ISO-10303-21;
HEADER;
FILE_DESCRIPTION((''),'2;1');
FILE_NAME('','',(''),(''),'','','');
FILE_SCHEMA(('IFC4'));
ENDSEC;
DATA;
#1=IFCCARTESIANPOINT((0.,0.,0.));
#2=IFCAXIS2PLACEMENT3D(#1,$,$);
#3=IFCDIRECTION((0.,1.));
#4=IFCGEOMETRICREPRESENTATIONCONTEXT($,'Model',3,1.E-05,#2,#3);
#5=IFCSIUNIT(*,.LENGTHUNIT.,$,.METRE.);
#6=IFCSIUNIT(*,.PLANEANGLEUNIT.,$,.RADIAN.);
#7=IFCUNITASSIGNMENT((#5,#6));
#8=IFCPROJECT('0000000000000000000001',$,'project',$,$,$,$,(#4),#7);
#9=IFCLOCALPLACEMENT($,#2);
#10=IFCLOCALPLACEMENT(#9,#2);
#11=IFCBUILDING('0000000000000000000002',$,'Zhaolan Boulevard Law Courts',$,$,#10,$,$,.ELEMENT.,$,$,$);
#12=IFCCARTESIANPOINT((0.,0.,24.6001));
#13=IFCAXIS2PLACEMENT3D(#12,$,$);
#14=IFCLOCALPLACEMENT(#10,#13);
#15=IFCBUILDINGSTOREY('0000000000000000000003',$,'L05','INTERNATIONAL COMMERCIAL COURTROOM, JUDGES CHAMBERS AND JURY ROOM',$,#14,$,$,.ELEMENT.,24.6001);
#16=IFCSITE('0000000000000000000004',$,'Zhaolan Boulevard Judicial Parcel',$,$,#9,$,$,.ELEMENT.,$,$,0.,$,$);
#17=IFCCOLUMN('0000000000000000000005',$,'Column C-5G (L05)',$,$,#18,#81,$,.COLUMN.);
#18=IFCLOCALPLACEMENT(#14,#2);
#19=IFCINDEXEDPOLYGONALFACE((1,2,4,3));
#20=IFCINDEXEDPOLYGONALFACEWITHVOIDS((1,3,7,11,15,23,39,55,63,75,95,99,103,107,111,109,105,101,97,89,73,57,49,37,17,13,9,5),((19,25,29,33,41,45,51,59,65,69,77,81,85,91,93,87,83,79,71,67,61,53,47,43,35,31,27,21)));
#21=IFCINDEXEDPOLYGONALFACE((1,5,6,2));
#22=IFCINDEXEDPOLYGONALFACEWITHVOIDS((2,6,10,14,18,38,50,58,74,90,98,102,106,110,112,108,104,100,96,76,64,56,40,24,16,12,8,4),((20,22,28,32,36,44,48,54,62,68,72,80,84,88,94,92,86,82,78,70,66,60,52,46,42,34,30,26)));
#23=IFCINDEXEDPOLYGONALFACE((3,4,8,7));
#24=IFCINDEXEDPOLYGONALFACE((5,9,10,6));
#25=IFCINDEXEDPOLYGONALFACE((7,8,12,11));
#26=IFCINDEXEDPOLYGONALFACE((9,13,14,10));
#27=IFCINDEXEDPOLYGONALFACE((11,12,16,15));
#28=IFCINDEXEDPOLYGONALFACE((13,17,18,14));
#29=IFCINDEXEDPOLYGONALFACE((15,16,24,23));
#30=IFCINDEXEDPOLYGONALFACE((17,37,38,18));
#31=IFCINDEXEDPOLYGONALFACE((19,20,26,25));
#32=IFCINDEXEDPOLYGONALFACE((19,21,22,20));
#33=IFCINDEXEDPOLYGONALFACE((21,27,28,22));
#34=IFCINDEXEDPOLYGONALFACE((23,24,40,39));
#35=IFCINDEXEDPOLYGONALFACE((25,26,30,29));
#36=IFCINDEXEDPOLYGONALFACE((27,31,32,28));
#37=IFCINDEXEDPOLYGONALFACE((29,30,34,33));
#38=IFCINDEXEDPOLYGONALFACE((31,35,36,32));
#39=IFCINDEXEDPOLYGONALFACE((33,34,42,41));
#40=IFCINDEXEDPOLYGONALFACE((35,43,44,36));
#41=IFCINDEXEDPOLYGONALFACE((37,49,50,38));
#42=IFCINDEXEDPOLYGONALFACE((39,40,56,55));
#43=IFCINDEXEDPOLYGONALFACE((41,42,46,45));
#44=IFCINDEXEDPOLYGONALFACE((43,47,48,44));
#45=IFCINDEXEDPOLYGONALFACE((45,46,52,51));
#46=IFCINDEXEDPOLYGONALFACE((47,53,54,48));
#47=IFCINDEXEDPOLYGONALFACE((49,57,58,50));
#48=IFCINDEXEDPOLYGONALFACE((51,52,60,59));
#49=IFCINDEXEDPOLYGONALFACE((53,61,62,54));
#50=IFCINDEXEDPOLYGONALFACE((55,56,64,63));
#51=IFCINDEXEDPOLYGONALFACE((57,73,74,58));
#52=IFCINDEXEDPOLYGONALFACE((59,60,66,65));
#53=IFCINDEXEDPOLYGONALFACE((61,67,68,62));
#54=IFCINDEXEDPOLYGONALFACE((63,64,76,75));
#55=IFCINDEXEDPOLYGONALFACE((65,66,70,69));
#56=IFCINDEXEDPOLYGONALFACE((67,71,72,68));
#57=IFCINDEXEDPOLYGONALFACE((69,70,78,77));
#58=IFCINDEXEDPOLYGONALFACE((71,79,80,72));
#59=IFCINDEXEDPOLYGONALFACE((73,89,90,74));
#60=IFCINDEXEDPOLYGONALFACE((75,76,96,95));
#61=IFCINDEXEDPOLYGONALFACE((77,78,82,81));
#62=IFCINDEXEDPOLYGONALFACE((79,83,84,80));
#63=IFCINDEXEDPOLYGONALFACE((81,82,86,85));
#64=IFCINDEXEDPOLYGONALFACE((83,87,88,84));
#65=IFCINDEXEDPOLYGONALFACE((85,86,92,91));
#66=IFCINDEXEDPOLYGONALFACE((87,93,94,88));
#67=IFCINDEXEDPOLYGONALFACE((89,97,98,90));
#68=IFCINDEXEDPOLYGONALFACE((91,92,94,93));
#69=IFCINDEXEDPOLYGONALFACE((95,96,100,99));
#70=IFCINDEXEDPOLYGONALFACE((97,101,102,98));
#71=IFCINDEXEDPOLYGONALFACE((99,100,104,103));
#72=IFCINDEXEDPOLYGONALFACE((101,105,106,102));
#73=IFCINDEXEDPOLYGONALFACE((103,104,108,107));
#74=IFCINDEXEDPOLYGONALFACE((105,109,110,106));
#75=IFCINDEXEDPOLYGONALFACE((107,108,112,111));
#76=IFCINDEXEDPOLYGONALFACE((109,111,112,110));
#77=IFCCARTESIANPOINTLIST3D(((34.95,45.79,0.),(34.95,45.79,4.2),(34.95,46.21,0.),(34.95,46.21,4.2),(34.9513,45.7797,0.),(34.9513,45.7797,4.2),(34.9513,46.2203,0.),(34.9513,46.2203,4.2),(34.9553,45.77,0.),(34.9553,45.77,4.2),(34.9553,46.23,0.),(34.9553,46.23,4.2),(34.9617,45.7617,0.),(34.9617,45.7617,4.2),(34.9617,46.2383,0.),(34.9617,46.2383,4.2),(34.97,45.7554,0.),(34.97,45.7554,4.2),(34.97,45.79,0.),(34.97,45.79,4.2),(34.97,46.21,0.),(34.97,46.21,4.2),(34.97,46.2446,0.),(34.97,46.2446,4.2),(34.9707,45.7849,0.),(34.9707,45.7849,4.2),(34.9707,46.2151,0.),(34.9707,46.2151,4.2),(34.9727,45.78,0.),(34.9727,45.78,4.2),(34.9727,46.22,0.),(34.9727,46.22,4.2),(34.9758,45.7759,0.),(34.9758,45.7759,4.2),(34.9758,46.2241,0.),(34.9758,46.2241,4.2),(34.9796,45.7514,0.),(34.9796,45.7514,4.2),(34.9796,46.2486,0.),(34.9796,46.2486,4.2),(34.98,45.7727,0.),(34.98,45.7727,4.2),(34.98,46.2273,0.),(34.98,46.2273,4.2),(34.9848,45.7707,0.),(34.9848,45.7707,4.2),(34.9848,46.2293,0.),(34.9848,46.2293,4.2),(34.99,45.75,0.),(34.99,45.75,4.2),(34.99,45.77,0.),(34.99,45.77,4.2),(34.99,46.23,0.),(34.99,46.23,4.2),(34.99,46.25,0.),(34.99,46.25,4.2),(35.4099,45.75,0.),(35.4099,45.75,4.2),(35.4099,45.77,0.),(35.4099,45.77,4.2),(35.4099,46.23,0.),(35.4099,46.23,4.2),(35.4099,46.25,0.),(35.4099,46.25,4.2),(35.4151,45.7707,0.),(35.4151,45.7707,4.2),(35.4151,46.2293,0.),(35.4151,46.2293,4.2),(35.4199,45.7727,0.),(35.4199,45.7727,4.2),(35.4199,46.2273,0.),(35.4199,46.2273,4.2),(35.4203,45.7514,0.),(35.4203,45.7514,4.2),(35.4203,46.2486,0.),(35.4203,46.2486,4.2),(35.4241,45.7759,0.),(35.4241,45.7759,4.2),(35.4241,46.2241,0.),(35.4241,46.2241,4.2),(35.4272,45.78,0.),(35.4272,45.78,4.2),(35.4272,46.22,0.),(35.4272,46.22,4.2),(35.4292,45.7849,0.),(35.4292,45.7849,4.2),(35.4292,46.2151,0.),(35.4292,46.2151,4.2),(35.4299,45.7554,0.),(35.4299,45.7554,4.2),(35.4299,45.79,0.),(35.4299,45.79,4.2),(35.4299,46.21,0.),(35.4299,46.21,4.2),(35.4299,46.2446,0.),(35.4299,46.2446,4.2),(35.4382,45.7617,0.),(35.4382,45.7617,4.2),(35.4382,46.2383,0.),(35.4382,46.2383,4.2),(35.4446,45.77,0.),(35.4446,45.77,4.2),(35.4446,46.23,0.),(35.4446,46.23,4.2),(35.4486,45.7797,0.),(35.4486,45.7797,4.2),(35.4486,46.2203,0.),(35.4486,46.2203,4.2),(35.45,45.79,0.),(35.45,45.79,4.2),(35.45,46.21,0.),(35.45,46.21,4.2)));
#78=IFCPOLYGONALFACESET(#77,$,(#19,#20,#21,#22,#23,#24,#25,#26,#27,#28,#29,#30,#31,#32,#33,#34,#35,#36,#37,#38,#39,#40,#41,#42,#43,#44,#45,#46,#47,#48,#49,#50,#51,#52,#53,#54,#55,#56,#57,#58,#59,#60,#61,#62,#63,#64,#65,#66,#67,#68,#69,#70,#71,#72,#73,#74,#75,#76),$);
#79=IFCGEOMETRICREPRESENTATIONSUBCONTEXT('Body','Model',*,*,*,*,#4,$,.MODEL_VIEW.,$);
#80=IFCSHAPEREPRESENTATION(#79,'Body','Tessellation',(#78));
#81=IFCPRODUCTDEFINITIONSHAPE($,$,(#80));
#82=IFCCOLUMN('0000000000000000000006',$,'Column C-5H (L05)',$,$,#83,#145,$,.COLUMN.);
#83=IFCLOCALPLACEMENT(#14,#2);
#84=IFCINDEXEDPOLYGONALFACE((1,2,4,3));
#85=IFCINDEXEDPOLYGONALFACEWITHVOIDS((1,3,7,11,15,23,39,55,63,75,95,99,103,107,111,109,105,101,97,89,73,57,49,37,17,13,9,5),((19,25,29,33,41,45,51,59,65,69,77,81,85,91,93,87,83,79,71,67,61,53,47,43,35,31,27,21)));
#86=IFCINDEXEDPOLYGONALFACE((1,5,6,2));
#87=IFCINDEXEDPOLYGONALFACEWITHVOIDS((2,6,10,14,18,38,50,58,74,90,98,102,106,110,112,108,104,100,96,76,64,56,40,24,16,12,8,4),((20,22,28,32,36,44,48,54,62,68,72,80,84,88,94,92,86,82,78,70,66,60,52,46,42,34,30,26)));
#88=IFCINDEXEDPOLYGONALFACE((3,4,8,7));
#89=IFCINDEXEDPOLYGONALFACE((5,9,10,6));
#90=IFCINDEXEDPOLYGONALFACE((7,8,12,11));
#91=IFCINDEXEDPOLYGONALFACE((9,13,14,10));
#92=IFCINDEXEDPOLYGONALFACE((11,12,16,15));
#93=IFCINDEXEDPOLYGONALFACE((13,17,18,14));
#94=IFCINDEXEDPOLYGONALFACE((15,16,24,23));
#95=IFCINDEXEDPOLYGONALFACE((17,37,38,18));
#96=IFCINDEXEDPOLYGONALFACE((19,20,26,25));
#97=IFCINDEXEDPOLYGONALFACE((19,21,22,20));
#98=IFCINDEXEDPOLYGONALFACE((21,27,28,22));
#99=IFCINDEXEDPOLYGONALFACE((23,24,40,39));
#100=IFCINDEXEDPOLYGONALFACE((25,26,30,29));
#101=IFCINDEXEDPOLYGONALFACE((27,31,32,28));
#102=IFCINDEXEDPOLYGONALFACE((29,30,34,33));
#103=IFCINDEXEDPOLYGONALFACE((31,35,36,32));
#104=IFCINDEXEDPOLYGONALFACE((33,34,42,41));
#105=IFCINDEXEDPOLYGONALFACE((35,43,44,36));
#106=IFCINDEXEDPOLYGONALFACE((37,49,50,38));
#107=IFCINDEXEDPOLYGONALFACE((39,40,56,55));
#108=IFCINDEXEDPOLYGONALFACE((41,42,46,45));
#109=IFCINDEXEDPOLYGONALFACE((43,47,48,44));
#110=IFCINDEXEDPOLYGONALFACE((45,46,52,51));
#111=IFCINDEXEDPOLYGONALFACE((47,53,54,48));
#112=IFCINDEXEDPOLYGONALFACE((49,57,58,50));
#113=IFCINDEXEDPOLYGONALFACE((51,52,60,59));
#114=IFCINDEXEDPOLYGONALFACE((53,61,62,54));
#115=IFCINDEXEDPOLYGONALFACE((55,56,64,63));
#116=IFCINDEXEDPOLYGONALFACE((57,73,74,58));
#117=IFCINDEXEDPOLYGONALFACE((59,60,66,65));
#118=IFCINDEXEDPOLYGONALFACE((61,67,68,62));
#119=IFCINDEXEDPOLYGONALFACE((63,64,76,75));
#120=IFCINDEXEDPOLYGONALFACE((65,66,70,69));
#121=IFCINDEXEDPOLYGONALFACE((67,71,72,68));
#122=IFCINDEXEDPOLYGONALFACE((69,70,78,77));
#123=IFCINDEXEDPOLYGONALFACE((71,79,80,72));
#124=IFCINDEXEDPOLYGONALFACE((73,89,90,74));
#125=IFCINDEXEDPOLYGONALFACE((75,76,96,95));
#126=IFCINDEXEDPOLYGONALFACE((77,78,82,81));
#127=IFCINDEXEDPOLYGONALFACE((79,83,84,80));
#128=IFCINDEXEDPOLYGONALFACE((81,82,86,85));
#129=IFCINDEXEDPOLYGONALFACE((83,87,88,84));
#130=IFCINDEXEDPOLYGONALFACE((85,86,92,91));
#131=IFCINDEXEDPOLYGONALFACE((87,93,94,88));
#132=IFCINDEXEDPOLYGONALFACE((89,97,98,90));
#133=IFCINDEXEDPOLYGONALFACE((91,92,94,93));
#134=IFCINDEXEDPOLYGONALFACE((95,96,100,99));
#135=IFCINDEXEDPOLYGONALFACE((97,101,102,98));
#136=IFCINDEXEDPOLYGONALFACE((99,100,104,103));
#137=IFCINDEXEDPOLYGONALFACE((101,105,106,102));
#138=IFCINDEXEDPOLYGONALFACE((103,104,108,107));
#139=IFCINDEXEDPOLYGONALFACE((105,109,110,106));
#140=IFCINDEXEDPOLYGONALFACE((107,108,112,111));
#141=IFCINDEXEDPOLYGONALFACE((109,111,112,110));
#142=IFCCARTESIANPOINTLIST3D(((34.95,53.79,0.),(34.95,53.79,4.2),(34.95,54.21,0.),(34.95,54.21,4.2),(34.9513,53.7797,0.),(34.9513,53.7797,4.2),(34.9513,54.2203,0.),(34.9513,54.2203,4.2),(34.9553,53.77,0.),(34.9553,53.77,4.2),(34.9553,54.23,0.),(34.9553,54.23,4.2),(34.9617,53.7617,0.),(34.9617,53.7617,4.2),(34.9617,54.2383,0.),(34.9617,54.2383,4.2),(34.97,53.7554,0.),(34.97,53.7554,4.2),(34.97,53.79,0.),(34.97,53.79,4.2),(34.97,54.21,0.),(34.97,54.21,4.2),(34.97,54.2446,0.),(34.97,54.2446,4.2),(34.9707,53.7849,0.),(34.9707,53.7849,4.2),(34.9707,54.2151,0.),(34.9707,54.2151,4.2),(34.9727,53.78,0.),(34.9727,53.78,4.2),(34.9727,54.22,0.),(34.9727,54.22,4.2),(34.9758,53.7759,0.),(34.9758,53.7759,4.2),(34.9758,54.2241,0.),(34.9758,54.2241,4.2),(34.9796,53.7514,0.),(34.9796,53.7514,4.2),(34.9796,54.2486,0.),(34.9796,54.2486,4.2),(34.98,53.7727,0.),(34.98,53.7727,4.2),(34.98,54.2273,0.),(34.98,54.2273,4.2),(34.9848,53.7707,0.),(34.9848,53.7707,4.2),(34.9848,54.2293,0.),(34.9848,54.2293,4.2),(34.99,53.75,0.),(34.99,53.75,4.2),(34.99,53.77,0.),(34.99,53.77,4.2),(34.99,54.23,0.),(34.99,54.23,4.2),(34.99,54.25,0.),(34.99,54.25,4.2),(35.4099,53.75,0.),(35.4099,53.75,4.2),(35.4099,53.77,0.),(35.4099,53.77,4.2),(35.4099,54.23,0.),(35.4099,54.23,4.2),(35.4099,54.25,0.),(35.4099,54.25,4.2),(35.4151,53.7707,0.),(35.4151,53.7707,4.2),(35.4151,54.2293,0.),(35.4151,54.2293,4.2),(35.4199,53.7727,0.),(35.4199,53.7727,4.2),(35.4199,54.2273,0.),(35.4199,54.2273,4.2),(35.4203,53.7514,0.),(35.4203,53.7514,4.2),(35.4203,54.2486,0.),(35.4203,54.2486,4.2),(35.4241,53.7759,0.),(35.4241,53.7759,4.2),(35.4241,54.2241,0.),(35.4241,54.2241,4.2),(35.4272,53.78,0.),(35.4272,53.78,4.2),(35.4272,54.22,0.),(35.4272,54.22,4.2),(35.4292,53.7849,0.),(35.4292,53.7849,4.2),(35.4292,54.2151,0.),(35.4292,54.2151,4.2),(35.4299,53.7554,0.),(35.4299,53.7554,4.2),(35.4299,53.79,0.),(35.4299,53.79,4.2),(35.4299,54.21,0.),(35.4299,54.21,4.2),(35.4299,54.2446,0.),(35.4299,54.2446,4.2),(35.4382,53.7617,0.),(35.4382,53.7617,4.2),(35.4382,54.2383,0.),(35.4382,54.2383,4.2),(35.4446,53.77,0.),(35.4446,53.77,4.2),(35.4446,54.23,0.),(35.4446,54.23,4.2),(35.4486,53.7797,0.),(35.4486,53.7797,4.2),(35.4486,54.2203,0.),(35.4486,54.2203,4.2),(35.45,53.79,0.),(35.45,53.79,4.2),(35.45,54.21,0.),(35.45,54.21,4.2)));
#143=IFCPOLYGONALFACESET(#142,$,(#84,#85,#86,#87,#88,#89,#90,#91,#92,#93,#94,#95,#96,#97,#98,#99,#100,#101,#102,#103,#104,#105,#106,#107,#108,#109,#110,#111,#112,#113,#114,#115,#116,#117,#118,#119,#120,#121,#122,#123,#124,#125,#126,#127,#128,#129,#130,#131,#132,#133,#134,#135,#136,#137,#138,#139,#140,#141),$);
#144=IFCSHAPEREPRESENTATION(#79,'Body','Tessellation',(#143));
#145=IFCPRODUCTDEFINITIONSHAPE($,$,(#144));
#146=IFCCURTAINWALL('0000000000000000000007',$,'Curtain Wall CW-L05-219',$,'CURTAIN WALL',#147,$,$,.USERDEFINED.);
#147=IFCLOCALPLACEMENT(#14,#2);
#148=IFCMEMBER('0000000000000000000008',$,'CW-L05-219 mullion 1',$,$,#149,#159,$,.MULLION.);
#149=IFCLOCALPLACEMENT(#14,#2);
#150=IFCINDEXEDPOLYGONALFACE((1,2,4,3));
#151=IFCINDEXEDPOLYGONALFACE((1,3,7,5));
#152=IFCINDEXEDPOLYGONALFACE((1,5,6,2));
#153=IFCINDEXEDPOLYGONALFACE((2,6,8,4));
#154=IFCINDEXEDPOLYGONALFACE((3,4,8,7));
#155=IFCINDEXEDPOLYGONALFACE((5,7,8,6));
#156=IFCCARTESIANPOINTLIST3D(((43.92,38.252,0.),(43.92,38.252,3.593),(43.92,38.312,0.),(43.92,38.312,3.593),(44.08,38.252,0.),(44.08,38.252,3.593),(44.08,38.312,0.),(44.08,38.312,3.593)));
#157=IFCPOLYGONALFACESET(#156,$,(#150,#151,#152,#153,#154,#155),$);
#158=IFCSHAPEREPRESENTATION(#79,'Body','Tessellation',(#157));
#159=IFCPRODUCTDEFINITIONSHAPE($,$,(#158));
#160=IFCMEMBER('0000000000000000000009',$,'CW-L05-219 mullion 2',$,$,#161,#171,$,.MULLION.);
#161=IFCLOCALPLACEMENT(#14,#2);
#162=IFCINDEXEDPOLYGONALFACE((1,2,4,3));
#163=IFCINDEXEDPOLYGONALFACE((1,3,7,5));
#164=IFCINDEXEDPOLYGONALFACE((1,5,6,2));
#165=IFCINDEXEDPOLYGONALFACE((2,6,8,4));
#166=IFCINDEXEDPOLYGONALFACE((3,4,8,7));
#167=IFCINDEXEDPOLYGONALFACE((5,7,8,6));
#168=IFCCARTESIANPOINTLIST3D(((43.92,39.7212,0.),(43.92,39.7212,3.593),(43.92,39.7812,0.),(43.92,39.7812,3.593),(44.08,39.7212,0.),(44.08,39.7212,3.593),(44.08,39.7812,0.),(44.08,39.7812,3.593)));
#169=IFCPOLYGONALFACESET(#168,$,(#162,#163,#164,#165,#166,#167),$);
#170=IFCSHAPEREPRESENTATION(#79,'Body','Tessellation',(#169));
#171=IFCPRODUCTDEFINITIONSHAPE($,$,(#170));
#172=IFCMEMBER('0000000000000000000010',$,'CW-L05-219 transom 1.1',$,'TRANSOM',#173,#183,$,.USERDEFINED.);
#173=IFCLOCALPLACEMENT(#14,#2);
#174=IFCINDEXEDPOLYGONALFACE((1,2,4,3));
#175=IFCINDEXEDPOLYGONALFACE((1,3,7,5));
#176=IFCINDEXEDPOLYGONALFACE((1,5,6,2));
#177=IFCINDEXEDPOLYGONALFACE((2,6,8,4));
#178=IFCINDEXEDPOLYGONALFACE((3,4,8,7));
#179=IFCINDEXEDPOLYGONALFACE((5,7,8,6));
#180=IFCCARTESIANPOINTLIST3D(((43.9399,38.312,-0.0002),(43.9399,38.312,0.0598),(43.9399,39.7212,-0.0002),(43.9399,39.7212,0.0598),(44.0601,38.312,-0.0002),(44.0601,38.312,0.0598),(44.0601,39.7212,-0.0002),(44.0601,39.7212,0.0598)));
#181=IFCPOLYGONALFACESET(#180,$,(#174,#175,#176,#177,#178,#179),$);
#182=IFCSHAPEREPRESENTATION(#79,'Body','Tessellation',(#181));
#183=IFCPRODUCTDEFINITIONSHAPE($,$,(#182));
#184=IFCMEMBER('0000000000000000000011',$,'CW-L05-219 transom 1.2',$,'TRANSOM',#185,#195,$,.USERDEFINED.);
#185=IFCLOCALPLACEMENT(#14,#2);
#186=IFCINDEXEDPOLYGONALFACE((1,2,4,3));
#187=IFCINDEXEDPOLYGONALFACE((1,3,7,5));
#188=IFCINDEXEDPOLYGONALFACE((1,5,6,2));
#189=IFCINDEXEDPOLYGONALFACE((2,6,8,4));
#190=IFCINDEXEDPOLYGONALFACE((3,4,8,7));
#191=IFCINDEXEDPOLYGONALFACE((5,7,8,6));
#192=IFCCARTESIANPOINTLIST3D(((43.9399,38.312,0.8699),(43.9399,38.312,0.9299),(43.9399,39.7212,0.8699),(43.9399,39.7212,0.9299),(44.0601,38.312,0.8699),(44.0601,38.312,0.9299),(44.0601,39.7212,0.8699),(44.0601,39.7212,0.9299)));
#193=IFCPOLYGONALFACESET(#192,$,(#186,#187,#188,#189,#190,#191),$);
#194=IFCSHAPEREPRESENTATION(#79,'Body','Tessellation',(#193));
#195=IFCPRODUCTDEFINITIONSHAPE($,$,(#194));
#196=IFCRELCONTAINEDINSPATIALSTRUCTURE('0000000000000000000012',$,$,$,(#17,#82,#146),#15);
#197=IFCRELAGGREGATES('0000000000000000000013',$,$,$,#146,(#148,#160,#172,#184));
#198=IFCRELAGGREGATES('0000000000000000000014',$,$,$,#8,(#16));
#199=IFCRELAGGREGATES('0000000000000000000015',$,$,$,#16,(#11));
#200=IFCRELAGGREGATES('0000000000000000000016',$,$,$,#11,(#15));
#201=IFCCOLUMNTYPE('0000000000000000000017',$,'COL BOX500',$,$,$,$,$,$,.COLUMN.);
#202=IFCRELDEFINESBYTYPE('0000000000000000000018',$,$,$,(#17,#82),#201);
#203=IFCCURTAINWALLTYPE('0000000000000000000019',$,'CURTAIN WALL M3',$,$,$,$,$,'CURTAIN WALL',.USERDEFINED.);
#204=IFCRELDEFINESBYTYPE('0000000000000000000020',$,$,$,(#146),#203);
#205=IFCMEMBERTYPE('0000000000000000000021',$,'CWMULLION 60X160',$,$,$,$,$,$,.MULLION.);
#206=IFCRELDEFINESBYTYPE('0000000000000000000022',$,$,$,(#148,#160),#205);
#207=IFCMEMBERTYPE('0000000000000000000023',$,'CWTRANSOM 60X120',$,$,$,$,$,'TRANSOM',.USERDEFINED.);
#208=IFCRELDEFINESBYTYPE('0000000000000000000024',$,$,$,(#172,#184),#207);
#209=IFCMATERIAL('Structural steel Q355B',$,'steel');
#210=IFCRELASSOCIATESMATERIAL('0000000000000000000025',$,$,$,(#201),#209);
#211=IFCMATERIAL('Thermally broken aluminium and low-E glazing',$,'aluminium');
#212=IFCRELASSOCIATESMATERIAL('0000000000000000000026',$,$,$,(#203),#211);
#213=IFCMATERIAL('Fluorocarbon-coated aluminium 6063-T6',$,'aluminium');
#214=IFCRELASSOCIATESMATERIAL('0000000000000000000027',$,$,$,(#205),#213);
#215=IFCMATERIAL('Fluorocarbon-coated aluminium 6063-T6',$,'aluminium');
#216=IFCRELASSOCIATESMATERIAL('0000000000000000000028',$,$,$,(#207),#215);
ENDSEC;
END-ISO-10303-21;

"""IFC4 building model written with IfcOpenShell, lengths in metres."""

from ifc_helpers import new_model, si_unit, direction, frame, origin, origin_2d, place, context, subcontext, project, spatial, rectangle, hollow_rectangle, extrude, material, material_profile, profile_set, type_object, element, aggregate, save


model = new_model("IFC4")

# Units and contexts
model_context = context("Model", 3, precision=1e-05, world=origin(), true_north=direction((0.0, 1.0)))
body_context = subcontext(model_context, "Body", "Model", "MODEL_VIEW")
ifc_project = project(units=[si_unit("LENGTHUNIT", "METRE"), si_unit("PLANEANGLEUNIT", "RADIAN")], contexts=[model_context])

# Site, building, storey
site_placement = place(None, origin())
site = spatial("IfcSite", under=ifc_project, at=site_placement, Name="Zhaolan Boulevard Judicial Parcel", CompositionType="ELEMENT", RefElevation=0.0)
building_placement = place(site_placement, origin())
building = spatial("IfcBuilding", under=site, at=building_placement, Name="Zhaolan Boulevard Law Courts", CompositionType="ELEMENT")
storey_placement = place(building_placement, frame((0.0, 0.0, 24.6001)))
storey = spatial("IfcBuildingStorey", under=building, at=storey_placement, Name="L05", Description="INTERNATIONAL COMMERCIAL COURTROOM, JUDGES CHAMBERS AND JURY ROOM", CompositionType="ELEMENT", Elevation=24.6001)

# Columns
ifc_material_1 = material(Name="Structural steel Q355B", Category="steel")
ifc_material_profile_1 = material_profile(ifc_material_1, hollow_rectangle(XDim=0.5, YDim=0.5, WallThickness=0.02, InnerFilletRadius=0.02, OuterFilletRadius=0.04, at=origin_2d()), Name="BOX500x500x20")
ifc_profile_set_1 = profile_set([ifc_material_profile_1], Name="Structural steel Q355B")
column_type = type_object("IfcColumnType", Name="COL BOX500", PredefinedType="COLUMN", material=ifc_profile_set_1)
for number, where, z_axis, x_axis, name in (
    (1, (35.2, 46.0, 0.0), (0.0, 0.0, 1.0), (1.0, 0.0, 0.0), "Column C-5G (L05)"),
    (2, (35.2, 54.0, 0.0), (0.0, 0.0, 1.0), (1.0, 0.0, 0.0), "Column C-5H (L05)"),
):
    element("IfcColumn", number, at=place(storey_placement, frame(where, z_axis=z_axis, x_axis=x_axis)), inside=storey, type_object=column_type, Name=name, PredefinedType="COLUMN", context=body_context, shape_type="SweptSolid", body=[
        extrude(hollow_rectangle(XDim=0.5, YDim=0.5, WallThickness=0.02, InnerFilletRadius=0.02, OuterFilletRadius=0.04, at=origin_2d()), origin(), (0.0, 0.0, 1.0), 4.2),
    ])

# Curtain wall, members
ifc_material_2 = material(Name="Thermally broken aluminium and low-E glazing", Category="aluminium")
curtain_wall_type = type_object("IfcCurtainWallType", Name="CURTAIN WALL M3", ElementType="CURTAIN WALL", PredefinedType="USERDEFINED", material=ifc_material_2)
curtain_wall_placement = place(storey_placement, origin())
curtain_wall = element("IfcCurtainWall", 3, at=curtain_wall_placement, inside=storey, type_object=curtain_wall_type, Name="Curtain Wall CW-L05-219", ObjectType="CURTAIN WALL", PredefinedType="USERDEFINED")
ifc_material_3 = material(Name="Fluorocarbon-coated aluminium 6063-T6", Category="aluminium")
ifc_material_profile_2 = material_profile(ifc_material_3, rectangle(XDim=0.1599, YDim=0.0601, at=origin_2d()), Name="AL60x160")
ifc_profile_set_2 = profile_set([ifc_material_profile_2], Name="Fluorocarbon-coated aluminium 6063-T6")
member_type_1 = type_object("IfcMemberType", Name="CWMULLION 60X160", PredefinedType="MULLION", material=ifc_profile_set_2)
member_1_placement = place(storey_placement, frame((44.0, 38.282, 0.0), z_axis=(0.0, 0.0, 1.0), x_axis=(-1.0, 0.0, 0.0)))
member_1 = element("IfcMember", 4, at=member_1_placement, type_object=member_type_1, Name="CW-L05-219 mullion 1", PredefinedType="MULLION", context=body_context, shape_type="SweptSolid", body=[
    extrude(rectangle(XDim=0.1599, YDim=0.0601, at=origin_2d()), origin(), (0.0, 0.0, 1.0), 3.593),
])
member_2_placement = place(storey_placement, frame((44.0, 39.7512, 0.0), z_axis=(0.0, 0.0, 1.0), x_axis=(-1.0, 0.0, 0.0)))
member_2 = element("IfcMember", 5, at=member_2_placement, type_object=member_type_1, Name="CW-L05-219 mullion 2", PredefinedType="MULLION", context=body_context, shape_type="SweptSolid", body=[
    extrude(rectangle(XDim=0.1599, YDim=0.0601, at=origin_2d()), origin(), (0.0, 0.0, 1.0), 3.593),
])
ifc_material_4 = material(Name="Fluorocarbon-coated aluminium 6063-T6", Category="aluminium")
ifc_material_profile_3 = material_profile(ifc_material_4, rectangle(XDim=0.1201, YDim=0.0601, at=origin_2d()), Name="AL60x120")
ifc_profile_set_3 = profile_set([ifc_material_profile_3], Name="Fluorocarbon-coated aluminium 6063-T6")
member_type_2 = type_object("IfcMemberType", Name="CWTRANSOM 60X120", ElementType="TRANSOM", PredefinedType="USERDEFINED", material=ifc_profile_set_3)
member_3_placement = place(storey_placement, frame((44.0, 38.312, 0.0298), z_axis=(0.0, 1.0, 0.0), x_axis=(-1.0, 0.0, 0.0)))
member_3 = element("IfcMember", 6, at=member_3_placement, type_object=member_type_2, Name="CW-L05-219 transom 1.1", ObjectType="TRANSOM", PredefinedType="USERDEFINED", context=body_context, shape_type="SweptSolid", body=[
    extrude(rectangle(XDim=0.1201, YDim=0.0601, at=origin_2d()), origin(), (0.0, 0.0, 1.0), 1.4092),
])
member_4_placement = place(storey_placement, frame((44.0, 38.312, 0.8999), z_axis=(0.0, 1.0, 0.0), x_axis=(-1.0, 0.0, 0.0)))
member_4 = element("IfcMember", 7, at=member_4_placement, type_object=member_type_2, Name="CW-L05-219 transom 1.2", ObjectType="TRANSOM", PredefinedType="USERDEFINED", context=body_context, shape_type="SweptSolid", body=[
    extrude(rectangle(XDim=0.1201, YDim=0.0601, at=origin_2d()), origin(), (0.0, 0.0, 1.0), 1.4092),
])

aggregate(curtain_wall, [member_1, member_2, member_3, member_4])

save(model, "model.ifc")
